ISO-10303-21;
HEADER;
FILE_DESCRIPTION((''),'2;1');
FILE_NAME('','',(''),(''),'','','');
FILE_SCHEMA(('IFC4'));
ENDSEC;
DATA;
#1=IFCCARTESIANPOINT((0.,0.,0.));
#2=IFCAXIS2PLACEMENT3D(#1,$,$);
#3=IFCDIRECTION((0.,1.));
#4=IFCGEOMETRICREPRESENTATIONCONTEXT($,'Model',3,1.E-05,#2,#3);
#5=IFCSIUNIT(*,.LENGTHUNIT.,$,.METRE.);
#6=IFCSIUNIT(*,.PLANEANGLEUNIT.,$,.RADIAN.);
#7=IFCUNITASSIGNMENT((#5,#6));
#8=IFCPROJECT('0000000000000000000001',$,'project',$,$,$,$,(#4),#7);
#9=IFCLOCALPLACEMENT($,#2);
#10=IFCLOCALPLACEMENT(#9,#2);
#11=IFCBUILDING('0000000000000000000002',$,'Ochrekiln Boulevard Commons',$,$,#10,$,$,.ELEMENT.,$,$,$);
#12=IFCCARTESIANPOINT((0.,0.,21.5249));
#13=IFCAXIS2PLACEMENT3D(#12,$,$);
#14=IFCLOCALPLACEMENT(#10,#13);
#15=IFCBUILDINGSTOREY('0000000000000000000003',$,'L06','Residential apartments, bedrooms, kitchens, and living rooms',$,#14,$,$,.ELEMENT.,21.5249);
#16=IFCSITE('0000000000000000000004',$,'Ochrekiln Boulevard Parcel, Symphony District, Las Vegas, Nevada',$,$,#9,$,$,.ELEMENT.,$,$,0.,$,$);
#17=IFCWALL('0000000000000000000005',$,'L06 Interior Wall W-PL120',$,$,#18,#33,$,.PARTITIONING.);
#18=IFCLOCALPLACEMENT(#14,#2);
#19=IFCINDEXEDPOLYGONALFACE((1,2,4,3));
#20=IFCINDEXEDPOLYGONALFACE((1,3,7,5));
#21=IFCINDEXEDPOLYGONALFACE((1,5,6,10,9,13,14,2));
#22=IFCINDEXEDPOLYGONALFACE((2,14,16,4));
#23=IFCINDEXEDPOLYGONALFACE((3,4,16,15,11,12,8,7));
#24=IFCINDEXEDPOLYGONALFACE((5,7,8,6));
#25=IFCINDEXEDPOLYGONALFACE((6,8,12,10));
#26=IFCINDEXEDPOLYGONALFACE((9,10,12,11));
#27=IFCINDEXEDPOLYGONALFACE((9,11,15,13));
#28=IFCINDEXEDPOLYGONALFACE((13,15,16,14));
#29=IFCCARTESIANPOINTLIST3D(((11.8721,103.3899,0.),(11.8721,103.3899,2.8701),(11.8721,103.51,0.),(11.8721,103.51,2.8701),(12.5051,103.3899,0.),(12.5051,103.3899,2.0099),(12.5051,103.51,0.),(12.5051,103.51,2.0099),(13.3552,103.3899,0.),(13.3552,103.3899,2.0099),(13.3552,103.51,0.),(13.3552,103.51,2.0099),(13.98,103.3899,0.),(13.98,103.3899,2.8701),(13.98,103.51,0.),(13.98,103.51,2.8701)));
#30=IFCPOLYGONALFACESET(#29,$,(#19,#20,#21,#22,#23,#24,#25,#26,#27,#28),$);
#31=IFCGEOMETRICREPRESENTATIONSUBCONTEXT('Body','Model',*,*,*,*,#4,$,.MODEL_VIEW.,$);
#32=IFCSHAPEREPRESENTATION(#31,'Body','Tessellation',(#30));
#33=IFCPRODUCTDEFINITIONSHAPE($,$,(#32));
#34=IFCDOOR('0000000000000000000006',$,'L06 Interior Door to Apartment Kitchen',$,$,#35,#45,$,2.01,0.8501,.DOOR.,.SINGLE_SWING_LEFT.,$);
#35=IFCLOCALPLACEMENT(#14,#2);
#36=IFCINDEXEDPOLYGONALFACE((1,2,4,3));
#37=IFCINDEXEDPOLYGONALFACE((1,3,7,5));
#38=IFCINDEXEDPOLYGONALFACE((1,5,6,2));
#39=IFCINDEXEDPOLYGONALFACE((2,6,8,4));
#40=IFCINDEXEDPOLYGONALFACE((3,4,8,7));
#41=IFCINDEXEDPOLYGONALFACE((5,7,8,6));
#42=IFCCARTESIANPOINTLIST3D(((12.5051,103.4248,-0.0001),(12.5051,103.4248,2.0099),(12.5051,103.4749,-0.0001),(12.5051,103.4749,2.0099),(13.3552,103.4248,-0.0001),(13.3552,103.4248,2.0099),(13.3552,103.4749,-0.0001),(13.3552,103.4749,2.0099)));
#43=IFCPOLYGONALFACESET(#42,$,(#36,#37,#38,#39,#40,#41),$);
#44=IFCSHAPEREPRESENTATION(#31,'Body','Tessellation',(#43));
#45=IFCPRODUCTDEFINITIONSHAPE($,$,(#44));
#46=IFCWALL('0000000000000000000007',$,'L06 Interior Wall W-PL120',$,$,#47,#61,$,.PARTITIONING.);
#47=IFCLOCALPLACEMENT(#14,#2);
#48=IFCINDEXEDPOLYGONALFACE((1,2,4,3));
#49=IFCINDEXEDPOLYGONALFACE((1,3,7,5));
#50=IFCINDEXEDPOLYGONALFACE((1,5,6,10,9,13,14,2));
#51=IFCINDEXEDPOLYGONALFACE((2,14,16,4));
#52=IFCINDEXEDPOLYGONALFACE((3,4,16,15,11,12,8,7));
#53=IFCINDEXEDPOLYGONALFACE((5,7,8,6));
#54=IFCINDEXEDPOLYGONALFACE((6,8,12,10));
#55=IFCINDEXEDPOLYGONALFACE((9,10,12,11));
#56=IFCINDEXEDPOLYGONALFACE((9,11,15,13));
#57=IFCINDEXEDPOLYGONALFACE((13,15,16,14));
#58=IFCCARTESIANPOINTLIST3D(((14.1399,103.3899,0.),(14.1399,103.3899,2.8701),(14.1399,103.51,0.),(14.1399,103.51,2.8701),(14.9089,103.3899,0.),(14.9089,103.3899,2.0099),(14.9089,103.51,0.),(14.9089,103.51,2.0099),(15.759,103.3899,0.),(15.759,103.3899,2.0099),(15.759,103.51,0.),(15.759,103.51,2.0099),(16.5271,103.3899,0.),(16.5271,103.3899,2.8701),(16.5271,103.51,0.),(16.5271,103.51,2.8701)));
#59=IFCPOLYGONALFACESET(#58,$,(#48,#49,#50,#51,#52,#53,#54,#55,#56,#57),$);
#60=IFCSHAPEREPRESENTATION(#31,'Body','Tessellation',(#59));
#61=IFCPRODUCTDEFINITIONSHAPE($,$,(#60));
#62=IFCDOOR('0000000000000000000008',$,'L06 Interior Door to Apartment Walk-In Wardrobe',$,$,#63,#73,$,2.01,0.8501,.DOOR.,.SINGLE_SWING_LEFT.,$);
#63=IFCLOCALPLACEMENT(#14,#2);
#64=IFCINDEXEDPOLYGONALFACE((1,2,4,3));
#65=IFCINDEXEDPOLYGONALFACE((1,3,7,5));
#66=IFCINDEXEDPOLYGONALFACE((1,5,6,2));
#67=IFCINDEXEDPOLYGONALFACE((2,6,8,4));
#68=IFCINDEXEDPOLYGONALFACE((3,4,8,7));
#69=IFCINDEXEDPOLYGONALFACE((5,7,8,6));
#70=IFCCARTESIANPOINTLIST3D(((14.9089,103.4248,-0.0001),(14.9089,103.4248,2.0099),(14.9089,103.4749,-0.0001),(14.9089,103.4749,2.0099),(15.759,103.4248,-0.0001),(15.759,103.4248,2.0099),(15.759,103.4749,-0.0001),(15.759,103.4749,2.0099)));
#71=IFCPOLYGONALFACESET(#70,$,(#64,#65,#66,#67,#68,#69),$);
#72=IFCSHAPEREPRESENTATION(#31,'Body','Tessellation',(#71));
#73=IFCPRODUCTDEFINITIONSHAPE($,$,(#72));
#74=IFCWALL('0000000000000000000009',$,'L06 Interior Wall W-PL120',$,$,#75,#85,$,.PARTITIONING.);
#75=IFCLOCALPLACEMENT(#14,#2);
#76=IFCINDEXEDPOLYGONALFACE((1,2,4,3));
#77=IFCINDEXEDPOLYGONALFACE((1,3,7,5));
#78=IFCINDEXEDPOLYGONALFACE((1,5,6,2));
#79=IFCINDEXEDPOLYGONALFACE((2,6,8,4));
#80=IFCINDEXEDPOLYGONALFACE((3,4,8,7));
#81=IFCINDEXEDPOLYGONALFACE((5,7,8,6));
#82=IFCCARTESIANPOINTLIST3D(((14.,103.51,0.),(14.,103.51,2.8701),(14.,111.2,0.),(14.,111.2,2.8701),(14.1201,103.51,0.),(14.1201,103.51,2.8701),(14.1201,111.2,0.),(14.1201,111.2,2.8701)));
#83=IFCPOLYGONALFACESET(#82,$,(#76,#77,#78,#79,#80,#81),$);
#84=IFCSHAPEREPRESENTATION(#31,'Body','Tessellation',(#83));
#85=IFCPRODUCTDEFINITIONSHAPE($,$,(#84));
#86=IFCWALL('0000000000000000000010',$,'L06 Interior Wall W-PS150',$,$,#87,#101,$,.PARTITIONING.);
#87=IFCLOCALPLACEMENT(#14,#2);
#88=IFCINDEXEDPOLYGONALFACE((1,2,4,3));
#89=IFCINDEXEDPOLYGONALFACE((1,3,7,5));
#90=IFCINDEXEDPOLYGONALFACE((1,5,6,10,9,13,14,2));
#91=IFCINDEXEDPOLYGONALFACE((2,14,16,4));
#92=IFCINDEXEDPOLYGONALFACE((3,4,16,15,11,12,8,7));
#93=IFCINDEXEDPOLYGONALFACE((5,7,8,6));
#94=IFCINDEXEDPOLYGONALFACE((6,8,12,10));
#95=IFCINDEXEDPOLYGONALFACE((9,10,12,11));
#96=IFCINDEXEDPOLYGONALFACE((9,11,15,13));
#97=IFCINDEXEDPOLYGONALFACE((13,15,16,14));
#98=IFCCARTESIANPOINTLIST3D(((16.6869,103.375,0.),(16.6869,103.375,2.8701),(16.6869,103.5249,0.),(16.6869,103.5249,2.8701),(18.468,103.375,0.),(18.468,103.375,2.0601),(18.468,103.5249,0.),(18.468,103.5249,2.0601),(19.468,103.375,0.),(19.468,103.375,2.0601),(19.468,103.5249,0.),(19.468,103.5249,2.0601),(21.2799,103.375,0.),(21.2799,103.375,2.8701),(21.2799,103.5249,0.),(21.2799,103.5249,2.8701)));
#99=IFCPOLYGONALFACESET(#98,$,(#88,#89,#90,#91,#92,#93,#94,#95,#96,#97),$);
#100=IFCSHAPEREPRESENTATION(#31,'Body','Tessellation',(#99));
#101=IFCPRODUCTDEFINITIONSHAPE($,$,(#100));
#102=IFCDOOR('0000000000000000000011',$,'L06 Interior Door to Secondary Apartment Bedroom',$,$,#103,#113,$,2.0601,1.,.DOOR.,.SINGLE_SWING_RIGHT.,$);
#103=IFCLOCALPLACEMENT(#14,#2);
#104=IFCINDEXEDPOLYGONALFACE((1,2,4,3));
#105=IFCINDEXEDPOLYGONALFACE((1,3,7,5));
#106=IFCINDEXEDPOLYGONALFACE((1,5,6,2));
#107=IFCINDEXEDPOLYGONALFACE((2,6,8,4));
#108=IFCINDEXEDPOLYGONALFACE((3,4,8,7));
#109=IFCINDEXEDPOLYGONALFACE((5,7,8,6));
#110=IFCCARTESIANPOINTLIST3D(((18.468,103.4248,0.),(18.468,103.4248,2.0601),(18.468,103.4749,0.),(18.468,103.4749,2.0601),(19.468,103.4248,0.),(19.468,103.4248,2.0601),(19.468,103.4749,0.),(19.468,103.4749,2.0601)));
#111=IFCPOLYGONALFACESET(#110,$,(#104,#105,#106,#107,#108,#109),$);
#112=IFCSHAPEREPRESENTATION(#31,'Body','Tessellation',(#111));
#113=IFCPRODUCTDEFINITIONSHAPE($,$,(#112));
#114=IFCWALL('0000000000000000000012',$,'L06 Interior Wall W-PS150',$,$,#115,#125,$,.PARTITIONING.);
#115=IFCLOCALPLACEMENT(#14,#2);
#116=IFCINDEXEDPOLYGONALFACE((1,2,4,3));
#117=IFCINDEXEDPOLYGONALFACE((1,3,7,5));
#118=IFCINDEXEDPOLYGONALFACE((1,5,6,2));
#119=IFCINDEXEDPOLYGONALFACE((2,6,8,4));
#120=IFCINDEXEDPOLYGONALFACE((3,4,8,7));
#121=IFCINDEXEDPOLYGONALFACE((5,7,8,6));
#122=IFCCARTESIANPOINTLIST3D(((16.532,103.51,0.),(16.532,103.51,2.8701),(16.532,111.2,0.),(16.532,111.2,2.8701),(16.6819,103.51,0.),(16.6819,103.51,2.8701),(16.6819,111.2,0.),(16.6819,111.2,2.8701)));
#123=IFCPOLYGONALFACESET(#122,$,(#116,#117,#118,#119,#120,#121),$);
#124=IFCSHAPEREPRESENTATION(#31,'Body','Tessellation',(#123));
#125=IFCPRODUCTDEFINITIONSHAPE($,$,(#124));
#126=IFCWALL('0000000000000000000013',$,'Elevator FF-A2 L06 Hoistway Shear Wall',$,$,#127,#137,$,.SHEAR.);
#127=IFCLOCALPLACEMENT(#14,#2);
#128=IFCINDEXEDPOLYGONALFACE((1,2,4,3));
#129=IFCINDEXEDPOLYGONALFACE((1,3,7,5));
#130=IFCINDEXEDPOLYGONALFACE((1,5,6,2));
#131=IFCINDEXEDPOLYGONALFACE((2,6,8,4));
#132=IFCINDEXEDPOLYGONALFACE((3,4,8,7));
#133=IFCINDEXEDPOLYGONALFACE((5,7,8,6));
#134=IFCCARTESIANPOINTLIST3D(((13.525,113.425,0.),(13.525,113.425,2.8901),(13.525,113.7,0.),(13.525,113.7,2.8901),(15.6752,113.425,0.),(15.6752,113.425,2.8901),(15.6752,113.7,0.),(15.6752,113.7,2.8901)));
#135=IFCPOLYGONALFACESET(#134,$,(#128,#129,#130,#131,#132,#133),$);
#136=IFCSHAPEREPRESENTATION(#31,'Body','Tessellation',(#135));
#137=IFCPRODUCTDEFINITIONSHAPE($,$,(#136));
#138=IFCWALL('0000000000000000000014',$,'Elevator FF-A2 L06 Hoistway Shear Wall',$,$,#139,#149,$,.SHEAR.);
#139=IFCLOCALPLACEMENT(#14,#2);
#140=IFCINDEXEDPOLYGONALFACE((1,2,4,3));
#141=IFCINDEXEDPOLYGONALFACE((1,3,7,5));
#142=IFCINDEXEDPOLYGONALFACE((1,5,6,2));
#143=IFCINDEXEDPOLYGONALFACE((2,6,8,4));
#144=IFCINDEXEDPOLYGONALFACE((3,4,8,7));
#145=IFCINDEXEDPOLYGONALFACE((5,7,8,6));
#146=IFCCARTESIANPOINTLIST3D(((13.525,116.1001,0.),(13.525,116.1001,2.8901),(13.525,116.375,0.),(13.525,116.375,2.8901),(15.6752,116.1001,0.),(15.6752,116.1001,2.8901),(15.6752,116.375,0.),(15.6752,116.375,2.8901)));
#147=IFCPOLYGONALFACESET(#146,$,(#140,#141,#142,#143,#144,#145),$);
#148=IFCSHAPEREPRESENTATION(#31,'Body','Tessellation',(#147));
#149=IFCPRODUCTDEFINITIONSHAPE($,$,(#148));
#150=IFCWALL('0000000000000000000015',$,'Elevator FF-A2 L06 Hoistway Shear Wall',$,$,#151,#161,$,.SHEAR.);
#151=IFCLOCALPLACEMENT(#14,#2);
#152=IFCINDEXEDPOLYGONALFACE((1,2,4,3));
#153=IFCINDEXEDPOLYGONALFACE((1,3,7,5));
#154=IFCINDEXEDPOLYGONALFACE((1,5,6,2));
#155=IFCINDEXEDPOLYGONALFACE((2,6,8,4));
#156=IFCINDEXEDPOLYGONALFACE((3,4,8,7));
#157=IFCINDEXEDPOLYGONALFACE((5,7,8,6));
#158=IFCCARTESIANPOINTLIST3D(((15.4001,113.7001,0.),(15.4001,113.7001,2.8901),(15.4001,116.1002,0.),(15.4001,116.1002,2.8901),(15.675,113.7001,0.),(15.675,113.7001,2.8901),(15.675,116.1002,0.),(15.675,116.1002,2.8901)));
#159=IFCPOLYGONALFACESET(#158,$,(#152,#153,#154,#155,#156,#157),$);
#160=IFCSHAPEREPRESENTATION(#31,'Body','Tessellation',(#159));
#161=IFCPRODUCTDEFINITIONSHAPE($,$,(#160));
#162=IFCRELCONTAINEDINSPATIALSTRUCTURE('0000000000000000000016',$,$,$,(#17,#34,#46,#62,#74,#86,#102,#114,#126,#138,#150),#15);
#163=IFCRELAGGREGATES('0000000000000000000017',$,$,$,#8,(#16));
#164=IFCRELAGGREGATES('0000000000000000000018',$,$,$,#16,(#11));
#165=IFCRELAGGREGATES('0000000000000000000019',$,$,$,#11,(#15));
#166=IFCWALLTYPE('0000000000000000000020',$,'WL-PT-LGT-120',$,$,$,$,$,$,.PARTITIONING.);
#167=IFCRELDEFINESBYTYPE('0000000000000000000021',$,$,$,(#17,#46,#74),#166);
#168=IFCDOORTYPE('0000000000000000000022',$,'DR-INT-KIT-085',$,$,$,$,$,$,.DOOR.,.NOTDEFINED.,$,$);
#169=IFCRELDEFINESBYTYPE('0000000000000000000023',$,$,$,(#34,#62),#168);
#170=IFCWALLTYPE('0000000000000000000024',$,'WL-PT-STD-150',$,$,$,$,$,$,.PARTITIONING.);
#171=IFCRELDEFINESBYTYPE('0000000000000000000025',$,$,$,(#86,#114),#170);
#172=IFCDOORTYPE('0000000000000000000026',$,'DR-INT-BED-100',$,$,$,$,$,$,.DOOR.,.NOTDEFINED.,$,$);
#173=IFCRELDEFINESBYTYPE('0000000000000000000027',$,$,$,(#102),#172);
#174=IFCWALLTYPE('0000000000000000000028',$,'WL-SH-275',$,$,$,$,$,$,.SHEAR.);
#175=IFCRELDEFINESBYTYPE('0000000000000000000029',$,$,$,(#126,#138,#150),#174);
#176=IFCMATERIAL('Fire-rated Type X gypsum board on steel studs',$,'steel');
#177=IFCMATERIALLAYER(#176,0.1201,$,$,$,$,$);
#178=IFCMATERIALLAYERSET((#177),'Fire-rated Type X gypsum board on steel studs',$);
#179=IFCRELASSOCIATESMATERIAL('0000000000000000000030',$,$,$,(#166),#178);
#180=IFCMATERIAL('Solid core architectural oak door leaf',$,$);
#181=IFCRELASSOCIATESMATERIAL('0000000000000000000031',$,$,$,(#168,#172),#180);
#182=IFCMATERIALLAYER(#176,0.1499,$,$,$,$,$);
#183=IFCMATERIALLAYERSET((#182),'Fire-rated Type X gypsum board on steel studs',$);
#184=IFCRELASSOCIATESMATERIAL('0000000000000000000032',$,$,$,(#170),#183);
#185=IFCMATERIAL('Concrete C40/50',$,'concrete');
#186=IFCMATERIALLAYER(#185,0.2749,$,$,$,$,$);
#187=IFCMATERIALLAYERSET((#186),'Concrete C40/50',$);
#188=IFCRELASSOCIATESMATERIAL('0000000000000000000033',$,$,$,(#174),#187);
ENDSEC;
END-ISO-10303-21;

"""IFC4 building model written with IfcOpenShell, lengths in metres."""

from ifc_helpers import new_model, si_unit, direction, frame, frame_2d, origin, place, context, subcontext, project, spatial, rectangle, extrude, material, layer, layer_set, type_object, element, fill, save


model = new_model("IFC4")

# Units and contexts
model_context = context("Model", 3, precision=1e-05, world=origin(), true_north=direction((0.0, 1.0)))
body_context = subcontext(model_context, "Body", "Model", "MODEL_VIEW")
ifc_project = project(units=[si_unit("LENGTHUNIT", "METRE"), si_unit("PLANEANGLEUNIT", "RADIAN")], contexts=[model_context])

# Site, building, storey
site_placement = place(None, origin())
site = spatial("IfcSite", under=ifc_project, at=site_placement, Name="Ochrekiln Boulevard Parcel, Symphony District, Las Vegas, Nevada", CompositionType="ELEMENT", RefElevation=0.0)
building_placement = place(site_placement, origin())
building = spatial("IfcBuilding", under=site, at=building_placement, Name="Ochrekiln Boulevard Commons", CompositionType="ELEMENT")
storey_placement = place(building_placement, frame((0.0, 0.0, 21.5249)))
storey = spatial("IfcBuildingStorey", under=building, at=storey_placement, Name="L06", Description="Residential apartments, bedrooms, kitchens, and living rooms", CompositionType="ELEMENT", Elevation=21.5249)

# Shared definitions
ifc_material_1 = material(Name="Concrete C40/50", Category="concrete")

# Shared definitions
ifc_material_2 = material(Name="Fire-rated Type X gypsum board on steel studs", Category="steel")

# Walls, openings, doors
ifc_layer_1 = layer(ifc_material_2, 0.1201)
ifc_layer_set_1 = layer_set([ifc_layer_1], Name="Fire-rated Type X gypsum board on steel studs")
wall_type_1 = type_object("IfcWallType", Name="WL-PT-LGT-120", PredefinedType="PARTITIONING", material=ifc_layer_set_1)
wall_1_placement = place(storey_placement, frame((11.8721, 103.45, 0.0), z_axis=(0.0, 0.0, 1.0), x_axis=(1.0, 0.0, 0.0)))
wall_1 = element("IfcWall", 1, at=wall_1_placement, inside=storey, type_object=wall_type_1, Name="L06 Interior Wall W-PL120", PredefinedType="PARTITIONING", context=body_context, shape_type="SweptSolid", body=[
    extrude(rectangle(XDim=2.1079, YDim=0.1201, at=frame_2d((1.054, 0.0))), origin(), (0.0, 0.0, 1.0), 2.8701),
])
opening_1_placement = place(wall_1_placement, frame((0.6331, 0.0, 0.0)))
opening_1 = element("IfcOpeningElement", 2, at=opening_1_placement, cuts=wall_1, PredefinedType="OPENING", context=body_context, shape_type="SweptSolid", body=[
    extrude(rectangle(XDim=0.8501, YDim=2.01, at=frame_2d((0.425, 1.0049))), frame((0.0, 0.0701, 0.0), z_axis=(0.0, -1.0, 0.0), x_axis=(1.0, 0.0, 0.0)), (0.0, 0.0, 1.0), 0.1401),
])
ifc_material_3 = material(Name="Solid core architectural oak door leaf")
door_type_1 = type_object("IfcDoorType", Name="DR-INT-KIT-085", OperationType="NOTDEFINED", PredefinedType="DOOR", material=ifc_material_3)
door_1_placement = place(opening_1_placement, origin())
door_1 = element("IfcDoor", 3, at=door_1_placement, inside=storey, type_object=door_type_1, Name="L06 Interior Door to Apartment Kitchen", OperationType="SINGLE_SWING_LEFT", OverallHeight=2.01, OverallWidth=0.8501, PredefinedType="DOOR", context=body_context, shape_type="SweptSolid", body=[
    extrude(rectangle(XDim=0.8501, YDim=2.01, at=frame_2d((0.425, 1.0049))), frame((0.0, 0.0249, 0.0), z_axis=(0.0, -1.0, 0.0), x_axis=(1.0, 0.0, 0.0)), (0.0, 0.0, 1.0), 0.05),
])
fill(opening_1, door_1)
wall_2_placement = place(storey_placement, frame((14.1399, 103.45, 0.0), z_axis=(0.0, 0.0, 1.0), x_axis=(1.0, 0.0, 0.0)))
wall_2 = element("IfcWall", 4, at=wall_2_placement, inside=storey, type_object=wall_type_1, Name="L06 Interior Wall W-PL120", PredefinedType="PARTITIONING", context=body_context, shape_type="SweptSolid", body=[
    extrude(rectangle(XDim=2.3872, YDim=0.1201, at=frame_2d((1.1936, 0.0))), origin(), (0.0, 0.0, 1.0), 2.8701),
])
opening_2_placement = place(wall_2_placement, frame((0.769, 0.0, 0.0)))
opening_2 = element("IfcOpeningElement", 5, at=opening_2_placement, cuts=wall_2, PredefinedType="OPENING", context=body_context, shape_type="SweptSolid", body=[
    extrude(rectangle(XDim=0.8501, YDim=2.01, at=frame_2d((0.425, 1.0049))), frame((0.0, 0.0701, 0.0), z_axis=(0.0, -1.0, 0.0), x_axis=(1.0, 0.0, 0.0)), (0.0, 0.0, 1.0), 0.1401),
])
door_2_placement = place(opening_2_placement, origin())
door_2 = element("IfcDoor", 6, at=door_2_placement, inside=storey, type_object=door_type_1, Name="L06 Interior Door to Apartment Walk-In Wardrobe", OperationType="SINGLE_SWING_LEFT", OverallHeight=2.01, OverallWidth=0.8501, PredefinedType="DOOR", context=body_context, shape_type="SweptSolid", body=[
    extrude(rectangle(XDim=0.8501, YDim=2.01, at=frame_2d((0.425, 1.0049))), frame((0.0, 0.0249, 0.0), z_axis=(0.0, -1.0, 0.0), x_axis=(1.0, 0.0, 0.0)), (0.0, 0.0, 1.0), 0.05),
])
fill(opening_2, door_2)

# Wall
wall_3_placement = place(storey_placement, frame((14.0601, 103.51, 0.0), z_axis=(0.0, 0.0, 1.0), x_axis=(0.0, 1.0, 0.0)))
element("IfcWall", 7, at=wall_3_placement, inside=storey, type_object=wall_type_1, Name="L06 Interior Wall W-PL120", PredefinedType="PARTITIONING", context=body_context, shape_type="SweptSolid", body=[
    extrude(rectangle(XDim=7.6899, YDim=0.1201, at=frame_2d((3.845, 0.0))), origin(), (0.0, 0.0, 1.0), 2.8701),
])

# Wall, opening, door
ifc_layer_2 = layer(ifc_material_2, 0.1499)
ifc_layer_set_2 = layer_set([ifc_layer_2], Name="Fire-rated Type X gypsum board on steel studs")
wall_type_2 = type_object("IfcWallType", Name="WL-PT-STD-150", PredefinedType="PARTITIONING", material=ifc_layer_set_2)
wall_4_placement = place(storey_placement, frame((16.687, 103.45, 0.0), z_axis=(0.0, 0.0, 1.0), x_axis=(1.0, 0.0, 0.0)))
wall_4 = element("IfcWall", 8, at=wall_4_placement, inside=storey, type_object=wall_type_2, Name="L06 Interior Wall W-PS150", PredefinedType="PARTITIONING", context=body_context, shape_type="SweptSolid", body=[
    extrude(rectangle(XDim=4.593, YDim=0.1499, at=frame_2d((2.2964, 0.0))), origin(), (0.0, 0.0, 1.0), 2.8701),
])
opening_3_placement = place(wall_4_placement, frame((1.781, 0.0, 0.0)))
opening_3 = element("IfcOpeningElement", 9, at=opening_3_placement, cuts=wall_4, PredefinedType="OPENING", context=body_context, shape_type="SweptSolid", body=[
    extrude(rectangle(XDim=1.0, YDim=2.0601, at=frame_2d((0.5, 1.03))), frame((0.0, 0.085, 0.0), z_axis=(0.0, -1.0, 0.0), x_axis=(1.0, 0.0, 0.0)), (0.0, 0.0, 1.0), 0.1699),
])
door_type_2 = type_object("IfcDoorType", Name="DR-INT-BED-100", OperationType="NOTDEFINED", PredefinedType="DOOR", material=ifc_material_3)
door_3_placement = place(opening_3_placement, origin())
door_3 = element("IfcDoor", 10, at=door_3_placement, inside=storey, type_object=door_type_2, Name="L06 Interior Door to Secondary Apartment Bedroom", OperationType="SINGLE_SWING_RIGHT", OverallHeight=2.0601, OverallWidth=1.0, PredefinedType="DOOR", context=body_context, shape_type="SweptSolid", body=[
    extrude(rectangle(XDim=1.0, YDim=2.0601, at=frame_2d((0.5, 1.03))), frame((0.0, 0.0249, 0.0), z_axis=(0.0, -1.0, 0.0), x_axis=(1.0, 0.0, 0.0)), (0.0, 0.0, 1.0), 0.05),
])
fill(opening_3, door_3)

# Walls
wall_5_placement = place(storey_placement, frame((16.6069, 103.51, 0.0), z_axis=(0.0, 0.0, 1.0), x_axis=(0.0, 1.0, 0.0)))
element("IfcWall", 11, at=wall_5_placement, inside=storey, type_object=wall_type_2, Name="L06 Interior Wall W-PS150", PredefinedType="PARTITIONING", context=body_context, shape_type="SweptSolid", body=[
    extrude(rectangle(XDim=7.6899, YDim=0.1499, at=frame_2d((3.845, 0.0))), origin(), (0.0, 0.0, 1.0), 2.8701),
])
ifc_layer_3 = layer(ifc_material_1, 0.2749)
ifc_layer_set_3 = layer_set([ifc_layer_3], Name="Concrete C40/50")
wall_type_3 = type_object("IfcWallType", Name="WL-SH-275", PredefinedType="SHEAR", material=ifc_layer_set_3)
for number, where, z_axis, x_axis, name in (
    (12, (13.5249, 113.5625, 0.0), (0.0, 0.0, 1.0), (1.0, 0.0, 0.0), "Elevator FF-A2 L06 Hoistway Shear Wall"),
    (13, (13.5249, 116.2375, 0.0), (0.0, 0.0, 1.0), (1.0, 0.0, 0.0), "Elevator FF-A2 L06 Hoistway Shear Wall"),
):
    element("IfcWall", number, at=place(storey_placement, frame(where, z_axis=z_axis, x_axis=x_axis)), inside=storey, type_object=wall_type_3, Name=name, PredefinedType="SHEAR", context=body_context, shape_type="SweptSolid", body=[
        extrude(rectangle(XDim=2.1501, YDim=0.2749, at=frame_2d((1.0752, 0.0))), origin(), (0.0, 0.0, 1.0), 2.8901),
    ])

# Wall
wall_6_placement = place(storey_placement, frame((15.5376, 113.7, 0.0), z_axis=(0.0, 0.0, 1.0), x_axis=(0.0, 1.0, 0.0)))
element("IfcWall", 14, at=wall_6_placement, inside=storey, type_object=wall_type_3, Name="Elevator FF-A2 L06 Hoistway Shear Wall", PredefinedType="SHEAR", context=body_context, shape_type="SweptSolid", body=[
    extrude(rectangle(XDim=2.4001, YDim=0.2749, at=frame_2d((1.2002, 0.0))), origin(), (0.0, 0.0, 1.0), 2.8901),
])

save(model, "model.ifc")
